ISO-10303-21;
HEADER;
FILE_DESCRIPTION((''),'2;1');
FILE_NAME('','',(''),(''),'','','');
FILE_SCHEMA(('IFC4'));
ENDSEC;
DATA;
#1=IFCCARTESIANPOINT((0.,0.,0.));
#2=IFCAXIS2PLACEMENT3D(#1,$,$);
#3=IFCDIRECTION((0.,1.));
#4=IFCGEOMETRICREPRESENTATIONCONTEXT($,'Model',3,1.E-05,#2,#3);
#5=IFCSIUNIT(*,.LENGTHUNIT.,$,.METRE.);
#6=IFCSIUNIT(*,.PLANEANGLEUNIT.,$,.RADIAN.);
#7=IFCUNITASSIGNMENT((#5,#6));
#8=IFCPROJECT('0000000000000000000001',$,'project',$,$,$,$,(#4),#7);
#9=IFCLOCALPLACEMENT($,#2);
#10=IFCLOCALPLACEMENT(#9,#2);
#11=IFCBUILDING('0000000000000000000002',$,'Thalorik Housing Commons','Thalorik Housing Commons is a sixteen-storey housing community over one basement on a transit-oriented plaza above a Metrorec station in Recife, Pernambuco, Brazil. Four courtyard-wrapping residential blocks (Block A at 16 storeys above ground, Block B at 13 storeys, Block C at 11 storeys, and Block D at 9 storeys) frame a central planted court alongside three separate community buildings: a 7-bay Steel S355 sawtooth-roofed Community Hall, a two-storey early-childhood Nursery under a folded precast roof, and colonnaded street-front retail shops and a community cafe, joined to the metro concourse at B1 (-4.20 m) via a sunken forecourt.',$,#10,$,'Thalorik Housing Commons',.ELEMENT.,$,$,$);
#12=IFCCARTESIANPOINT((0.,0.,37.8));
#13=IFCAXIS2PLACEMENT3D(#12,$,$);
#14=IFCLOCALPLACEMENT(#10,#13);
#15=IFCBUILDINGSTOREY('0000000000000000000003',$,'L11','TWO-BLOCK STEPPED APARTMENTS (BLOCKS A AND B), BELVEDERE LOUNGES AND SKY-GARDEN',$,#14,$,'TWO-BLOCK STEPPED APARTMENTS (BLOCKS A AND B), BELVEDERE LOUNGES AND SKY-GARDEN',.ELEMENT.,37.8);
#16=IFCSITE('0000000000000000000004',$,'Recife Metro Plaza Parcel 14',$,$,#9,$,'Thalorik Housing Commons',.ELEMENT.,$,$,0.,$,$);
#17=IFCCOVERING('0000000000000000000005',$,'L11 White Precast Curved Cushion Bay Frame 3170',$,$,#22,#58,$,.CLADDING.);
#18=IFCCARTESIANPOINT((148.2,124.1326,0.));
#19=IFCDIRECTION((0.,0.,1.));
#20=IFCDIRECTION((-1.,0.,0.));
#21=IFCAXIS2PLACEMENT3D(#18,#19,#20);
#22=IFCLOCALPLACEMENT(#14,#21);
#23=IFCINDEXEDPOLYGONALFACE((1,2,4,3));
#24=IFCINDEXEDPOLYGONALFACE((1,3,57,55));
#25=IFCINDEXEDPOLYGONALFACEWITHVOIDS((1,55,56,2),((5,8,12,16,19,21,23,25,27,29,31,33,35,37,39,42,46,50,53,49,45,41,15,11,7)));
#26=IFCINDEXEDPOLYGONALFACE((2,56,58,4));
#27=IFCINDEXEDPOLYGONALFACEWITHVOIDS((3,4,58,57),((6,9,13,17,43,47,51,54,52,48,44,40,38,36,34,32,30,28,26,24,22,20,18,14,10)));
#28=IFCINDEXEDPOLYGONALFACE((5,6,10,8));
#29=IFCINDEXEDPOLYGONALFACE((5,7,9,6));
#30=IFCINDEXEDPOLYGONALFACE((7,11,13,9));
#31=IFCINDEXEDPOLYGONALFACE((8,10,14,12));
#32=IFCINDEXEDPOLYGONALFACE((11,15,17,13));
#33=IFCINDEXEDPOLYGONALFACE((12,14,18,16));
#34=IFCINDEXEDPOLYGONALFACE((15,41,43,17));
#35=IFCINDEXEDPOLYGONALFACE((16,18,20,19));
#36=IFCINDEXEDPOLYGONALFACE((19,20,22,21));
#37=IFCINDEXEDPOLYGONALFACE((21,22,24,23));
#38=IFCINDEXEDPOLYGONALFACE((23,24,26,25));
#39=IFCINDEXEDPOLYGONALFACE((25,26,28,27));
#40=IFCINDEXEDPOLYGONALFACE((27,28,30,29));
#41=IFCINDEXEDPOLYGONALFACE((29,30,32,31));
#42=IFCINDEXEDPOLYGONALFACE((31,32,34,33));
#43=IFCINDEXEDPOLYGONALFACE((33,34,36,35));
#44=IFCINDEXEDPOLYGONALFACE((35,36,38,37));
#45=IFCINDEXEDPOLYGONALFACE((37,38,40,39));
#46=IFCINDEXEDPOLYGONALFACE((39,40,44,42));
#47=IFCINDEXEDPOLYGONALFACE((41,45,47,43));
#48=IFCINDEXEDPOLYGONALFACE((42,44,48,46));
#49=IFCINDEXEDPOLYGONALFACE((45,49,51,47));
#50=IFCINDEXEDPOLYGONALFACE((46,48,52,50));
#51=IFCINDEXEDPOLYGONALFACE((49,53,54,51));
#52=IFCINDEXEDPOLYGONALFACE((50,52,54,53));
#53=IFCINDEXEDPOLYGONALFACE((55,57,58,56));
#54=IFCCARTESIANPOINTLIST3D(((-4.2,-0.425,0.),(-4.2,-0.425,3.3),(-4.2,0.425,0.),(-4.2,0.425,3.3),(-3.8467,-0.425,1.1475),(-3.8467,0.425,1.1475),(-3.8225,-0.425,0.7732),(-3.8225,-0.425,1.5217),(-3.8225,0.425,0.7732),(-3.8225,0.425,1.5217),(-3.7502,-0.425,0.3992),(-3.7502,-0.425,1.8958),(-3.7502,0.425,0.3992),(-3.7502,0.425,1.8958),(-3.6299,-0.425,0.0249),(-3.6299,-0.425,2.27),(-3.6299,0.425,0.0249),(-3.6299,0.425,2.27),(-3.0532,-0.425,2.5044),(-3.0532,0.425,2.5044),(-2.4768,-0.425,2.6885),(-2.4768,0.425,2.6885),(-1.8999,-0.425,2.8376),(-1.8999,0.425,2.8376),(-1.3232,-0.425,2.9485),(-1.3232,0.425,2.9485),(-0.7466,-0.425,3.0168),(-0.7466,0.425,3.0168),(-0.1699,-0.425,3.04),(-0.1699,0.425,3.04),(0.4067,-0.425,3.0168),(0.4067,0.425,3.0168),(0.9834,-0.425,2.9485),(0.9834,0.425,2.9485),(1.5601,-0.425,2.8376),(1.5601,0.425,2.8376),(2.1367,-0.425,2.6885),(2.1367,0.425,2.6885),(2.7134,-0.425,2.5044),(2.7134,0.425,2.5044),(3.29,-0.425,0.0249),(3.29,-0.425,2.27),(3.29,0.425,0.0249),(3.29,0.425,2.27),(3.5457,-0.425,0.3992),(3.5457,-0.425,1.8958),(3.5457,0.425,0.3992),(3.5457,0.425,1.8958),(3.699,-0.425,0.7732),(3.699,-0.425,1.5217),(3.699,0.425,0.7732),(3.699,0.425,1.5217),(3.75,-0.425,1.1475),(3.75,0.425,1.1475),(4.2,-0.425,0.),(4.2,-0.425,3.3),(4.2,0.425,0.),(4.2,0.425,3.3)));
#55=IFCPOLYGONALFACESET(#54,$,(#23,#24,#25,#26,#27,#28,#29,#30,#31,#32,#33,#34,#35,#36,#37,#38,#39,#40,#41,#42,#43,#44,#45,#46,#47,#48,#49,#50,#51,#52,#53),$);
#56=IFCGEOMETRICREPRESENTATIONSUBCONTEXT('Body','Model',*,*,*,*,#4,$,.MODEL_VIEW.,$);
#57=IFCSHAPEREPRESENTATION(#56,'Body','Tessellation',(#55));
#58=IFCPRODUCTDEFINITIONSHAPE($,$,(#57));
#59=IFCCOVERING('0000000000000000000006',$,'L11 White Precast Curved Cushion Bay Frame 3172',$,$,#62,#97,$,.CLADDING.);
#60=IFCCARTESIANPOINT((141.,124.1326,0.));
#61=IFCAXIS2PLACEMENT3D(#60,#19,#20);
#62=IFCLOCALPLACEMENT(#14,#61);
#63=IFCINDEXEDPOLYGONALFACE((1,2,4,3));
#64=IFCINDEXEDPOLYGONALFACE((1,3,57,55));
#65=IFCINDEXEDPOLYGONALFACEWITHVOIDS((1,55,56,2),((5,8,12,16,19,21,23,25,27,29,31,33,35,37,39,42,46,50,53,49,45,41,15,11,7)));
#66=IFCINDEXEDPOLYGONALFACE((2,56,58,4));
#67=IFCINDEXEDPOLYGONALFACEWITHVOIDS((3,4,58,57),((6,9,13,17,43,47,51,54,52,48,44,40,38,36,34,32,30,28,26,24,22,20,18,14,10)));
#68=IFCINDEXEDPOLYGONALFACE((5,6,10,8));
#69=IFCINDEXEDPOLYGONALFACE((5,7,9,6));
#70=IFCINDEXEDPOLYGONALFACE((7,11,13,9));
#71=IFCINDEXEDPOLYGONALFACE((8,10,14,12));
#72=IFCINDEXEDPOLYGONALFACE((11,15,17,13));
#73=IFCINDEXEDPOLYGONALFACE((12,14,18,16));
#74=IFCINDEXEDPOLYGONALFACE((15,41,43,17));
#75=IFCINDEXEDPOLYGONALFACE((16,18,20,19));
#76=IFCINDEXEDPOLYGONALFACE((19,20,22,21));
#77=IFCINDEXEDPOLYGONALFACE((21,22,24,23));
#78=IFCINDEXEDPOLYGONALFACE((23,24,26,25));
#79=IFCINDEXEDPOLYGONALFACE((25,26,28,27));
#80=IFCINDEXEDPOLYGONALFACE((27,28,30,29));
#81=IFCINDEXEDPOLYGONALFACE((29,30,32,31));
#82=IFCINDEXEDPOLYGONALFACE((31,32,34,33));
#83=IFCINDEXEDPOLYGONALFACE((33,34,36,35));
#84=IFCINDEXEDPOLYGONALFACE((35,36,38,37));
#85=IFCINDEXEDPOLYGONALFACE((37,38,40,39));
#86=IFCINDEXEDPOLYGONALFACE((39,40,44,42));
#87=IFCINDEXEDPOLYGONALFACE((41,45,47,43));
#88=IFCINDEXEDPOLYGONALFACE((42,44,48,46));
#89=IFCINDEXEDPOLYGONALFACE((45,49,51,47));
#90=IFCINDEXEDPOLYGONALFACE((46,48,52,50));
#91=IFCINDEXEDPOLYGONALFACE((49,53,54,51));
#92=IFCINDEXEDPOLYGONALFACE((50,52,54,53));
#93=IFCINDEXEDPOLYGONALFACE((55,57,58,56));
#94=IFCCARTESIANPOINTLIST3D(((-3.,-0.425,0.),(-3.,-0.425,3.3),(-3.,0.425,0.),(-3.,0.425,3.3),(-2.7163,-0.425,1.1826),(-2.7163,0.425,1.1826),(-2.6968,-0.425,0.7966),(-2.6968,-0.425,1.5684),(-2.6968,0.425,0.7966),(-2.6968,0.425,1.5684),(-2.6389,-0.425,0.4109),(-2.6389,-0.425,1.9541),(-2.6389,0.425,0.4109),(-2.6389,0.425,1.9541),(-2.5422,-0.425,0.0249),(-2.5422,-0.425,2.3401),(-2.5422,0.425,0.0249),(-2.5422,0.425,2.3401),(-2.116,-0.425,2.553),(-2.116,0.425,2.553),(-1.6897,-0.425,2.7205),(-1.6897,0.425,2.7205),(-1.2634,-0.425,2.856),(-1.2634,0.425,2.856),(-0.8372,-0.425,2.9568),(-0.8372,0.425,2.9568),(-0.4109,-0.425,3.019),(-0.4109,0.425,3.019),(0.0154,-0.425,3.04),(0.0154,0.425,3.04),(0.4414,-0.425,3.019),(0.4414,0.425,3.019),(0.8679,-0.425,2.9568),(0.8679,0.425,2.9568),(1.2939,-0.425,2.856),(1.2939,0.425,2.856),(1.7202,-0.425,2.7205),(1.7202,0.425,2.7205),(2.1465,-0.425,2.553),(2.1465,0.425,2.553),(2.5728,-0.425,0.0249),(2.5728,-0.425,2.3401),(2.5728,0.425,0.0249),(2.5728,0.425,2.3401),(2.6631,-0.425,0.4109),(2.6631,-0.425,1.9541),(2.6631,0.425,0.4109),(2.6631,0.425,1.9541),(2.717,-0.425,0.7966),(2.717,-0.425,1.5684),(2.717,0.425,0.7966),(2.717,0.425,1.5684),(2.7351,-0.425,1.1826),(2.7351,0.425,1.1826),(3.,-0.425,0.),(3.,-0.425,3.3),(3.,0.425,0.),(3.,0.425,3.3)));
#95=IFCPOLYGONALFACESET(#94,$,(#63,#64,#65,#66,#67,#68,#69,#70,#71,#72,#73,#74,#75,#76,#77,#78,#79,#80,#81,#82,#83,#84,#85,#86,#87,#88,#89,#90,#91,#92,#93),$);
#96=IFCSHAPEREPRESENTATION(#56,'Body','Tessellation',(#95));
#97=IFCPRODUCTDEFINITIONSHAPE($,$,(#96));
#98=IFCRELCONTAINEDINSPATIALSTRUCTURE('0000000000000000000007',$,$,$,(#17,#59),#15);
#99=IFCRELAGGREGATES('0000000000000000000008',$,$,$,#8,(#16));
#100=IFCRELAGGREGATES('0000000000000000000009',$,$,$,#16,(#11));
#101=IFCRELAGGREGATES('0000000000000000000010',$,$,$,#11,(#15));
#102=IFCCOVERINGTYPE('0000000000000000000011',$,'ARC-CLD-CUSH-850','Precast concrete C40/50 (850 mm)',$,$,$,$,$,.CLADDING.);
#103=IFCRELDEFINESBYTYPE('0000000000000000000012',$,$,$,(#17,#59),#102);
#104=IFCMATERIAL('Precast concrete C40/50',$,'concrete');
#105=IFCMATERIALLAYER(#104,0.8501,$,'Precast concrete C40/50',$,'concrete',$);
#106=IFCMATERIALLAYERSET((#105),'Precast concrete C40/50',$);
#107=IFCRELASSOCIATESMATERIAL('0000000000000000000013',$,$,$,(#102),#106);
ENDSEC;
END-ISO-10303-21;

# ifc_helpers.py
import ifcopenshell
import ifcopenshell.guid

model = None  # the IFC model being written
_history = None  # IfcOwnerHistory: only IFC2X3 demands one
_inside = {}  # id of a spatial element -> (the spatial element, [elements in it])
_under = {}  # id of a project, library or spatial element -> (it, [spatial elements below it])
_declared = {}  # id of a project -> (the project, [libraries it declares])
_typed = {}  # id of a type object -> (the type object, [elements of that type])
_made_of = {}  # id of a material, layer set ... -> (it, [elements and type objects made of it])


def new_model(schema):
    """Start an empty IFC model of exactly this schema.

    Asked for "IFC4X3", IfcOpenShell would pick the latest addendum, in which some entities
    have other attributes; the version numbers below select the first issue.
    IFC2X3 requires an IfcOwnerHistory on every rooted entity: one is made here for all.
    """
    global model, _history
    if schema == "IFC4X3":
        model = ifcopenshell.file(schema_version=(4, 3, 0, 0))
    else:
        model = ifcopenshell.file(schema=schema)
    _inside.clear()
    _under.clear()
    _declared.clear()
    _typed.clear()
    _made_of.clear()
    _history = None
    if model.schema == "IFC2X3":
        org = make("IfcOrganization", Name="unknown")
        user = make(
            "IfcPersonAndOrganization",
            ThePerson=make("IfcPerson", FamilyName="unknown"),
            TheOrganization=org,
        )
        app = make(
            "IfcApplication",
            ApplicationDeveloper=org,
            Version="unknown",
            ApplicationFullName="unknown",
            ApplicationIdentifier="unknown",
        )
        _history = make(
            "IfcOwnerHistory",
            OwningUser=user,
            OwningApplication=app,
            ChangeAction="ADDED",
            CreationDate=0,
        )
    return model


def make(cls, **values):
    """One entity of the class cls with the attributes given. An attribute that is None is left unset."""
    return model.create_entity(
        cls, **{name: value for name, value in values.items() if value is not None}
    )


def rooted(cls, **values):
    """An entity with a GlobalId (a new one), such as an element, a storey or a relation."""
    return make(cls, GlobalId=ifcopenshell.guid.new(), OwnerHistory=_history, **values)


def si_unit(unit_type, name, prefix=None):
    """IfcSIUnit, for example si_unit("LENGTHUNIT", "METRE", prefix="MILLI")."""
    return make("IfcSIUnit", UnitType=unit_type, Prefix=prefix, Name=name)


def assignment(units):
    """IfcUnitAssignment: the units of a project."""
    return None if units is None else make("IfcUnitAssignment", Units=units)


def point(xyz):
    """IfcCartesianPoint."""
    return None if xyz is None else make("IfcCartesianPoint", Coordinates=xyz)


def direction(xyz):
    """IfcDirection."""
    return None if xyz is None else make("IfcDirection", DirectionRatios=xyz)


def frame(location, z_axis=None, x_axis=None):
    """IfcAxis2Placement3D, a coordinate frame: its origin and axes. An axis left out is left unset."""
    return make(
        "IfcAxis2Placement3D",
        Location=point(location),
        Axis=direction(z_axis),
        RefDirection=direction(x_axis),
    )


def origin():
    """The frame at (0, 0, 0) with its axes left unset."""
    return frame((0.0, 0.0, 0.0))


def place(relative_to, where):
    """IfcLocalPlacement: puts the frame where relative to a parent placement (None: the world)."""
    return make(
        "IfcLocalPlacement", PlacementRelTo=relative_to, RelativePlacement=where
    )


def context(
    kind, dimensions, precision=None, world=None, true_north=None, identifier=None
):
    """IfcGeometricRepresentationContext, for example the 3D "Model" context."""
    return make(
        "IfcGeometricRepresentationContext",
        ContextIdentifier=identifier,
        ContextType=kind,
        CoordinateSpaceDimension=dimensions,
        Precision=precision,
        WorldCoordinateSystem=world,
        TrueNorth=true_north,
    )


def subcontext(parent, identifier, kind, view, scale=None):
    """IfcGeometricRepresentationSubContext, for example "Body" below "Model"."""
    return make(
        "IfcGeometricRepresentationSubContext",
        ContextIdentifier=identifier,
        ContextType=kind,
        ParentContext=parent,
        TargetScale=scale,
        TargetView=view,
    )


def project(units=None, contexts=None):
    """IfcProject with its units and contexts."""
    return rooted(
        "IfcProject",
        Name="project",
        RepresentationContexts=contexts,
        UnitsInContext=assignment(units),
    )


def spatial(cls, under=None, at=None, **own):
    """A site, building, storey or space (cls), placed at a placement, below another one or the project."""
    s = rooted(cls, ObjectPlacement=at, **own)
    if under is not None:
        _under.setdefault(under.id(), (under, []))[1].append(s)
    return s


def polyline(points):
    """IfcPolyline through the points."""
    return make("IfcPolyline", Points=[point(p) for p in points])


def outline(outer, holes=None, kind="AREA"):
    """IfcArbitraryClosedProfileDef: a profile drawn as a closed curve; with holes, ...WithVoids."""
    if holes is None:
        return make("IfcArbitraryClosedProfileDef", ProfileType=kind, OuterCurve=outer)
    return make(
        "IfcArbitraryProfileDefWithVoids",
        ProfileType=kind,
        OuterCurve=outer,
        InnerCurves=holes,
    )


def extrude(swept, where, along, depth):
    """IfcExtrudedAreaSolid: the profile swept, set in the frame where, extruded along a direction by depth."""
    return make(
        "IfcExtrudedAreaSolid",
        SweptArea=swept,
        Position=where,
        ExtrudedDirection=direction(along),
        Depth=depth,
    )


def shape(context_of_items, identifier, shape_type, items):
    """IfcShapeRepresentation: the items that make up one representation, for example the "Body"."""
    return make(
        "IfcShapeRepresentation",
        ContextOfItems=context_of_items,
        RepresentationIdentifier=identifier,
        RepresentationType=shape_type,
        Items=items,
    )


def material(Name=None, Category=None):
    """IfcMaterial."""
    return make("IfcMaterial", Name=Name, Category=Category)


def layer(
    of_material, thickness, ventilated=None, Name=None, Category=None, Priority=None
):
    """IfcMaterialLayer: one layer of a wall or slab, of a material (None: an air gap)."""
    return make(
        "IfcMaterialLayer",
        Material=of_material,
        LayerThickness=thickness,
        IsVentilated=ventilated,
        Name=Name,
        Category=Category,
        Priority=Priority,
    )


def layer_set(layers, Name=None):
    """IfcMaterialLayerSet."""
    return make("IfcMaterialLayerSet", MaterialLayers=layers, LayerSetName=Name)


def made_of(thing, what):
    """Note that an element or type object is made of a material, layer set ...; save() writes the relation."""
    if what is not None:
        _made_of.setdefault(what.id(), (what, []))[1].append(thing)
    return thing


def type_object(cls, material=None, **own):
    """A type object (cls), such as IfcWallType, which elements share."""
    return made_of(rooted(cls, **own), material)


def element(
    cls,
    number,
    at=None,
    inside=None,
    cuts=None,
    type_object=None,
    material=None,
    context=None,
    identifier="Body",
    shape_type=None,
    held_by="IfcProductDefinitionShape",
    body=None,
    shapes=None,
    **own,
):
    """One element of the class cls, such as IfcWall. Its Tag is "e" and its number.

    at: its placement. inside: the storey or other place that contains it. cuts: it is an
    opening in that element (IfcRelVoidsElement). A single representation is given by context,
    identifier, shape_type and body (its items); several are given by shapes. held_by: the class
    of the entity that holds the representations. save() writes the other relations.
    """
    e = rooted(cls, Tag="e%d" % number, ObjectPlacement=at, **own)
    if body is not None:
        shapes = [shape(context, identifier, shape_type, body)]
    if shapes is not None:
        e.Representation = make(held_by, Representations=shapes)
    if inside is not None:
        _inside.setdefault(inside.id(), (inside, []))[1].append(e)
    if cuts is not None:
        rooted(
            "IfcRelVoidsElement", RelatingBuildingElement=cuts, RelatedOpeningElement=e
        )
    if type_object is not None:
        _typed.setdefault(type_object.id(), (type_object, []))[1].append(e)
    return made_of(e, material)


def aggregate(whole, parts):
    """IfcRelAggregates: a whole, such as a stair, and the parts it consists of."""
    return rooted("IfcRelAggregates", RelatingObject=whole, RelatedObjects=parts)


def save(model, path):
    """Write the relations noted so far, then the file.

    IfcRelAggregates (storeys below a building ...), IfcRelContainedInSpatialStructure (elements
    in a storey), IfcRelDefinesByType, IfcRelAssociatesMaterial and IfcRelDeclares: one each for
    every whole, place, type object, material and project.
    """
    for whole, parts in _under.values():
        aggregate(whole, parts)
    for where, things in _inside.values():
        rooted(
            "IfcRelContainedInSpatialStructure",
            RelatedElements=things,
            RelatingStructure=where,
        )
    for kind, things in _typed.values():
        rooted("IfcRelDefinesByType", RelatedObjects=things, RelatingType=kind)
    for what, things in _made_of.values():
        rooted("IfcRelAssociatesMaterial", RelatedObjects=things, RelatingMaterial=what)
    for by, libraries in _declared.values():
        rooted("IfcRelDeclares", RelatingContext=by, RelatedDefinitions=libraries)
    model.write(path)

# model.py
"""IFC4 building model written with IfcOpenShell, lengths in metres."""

from ifc_helpers import new_model, si_unit, direction, frame, origin, place, context, subcontext, project, spatial, polyline, outline, extrude, material, layer, layer_set, type_object, element, save


model = new_model("IFC4")

# Units and contexts
model_context = context("Model", 3, precision=1e-05, world=origin(), true_north=direction((0.0, 1.0)))
body_context = subcontext(model_context, "Body", "Model", "MODEL_VIEW")
ifc_project = project(units=[si_unit("LENGTHUNIT", "METRE"), si_unit("PLANEANGLEUNIT", "RADIAN")], contexts=[model_context])

# Site, building, storey
site_placement = place(None, origin())
site = spatial("IfcSite", under=ifc_project, at=site_placement, Name="Recife Metro Plaza Parcel 14", LongName="Thalorik Housing Commons", CompositionType="ELEMENT", RefElevation=0.0)
building_placement = place(site_placement, origin())
building = spatial("IfcBuilding", under=site, at=building_placement, Name="Thalorik Housing Commons", Description="Thalorik Housing Commons is a sixteen-storey housing community over one basement on a transit-oriented plaza above a Metrorec station in Recife, Pernambuco, Brazil. Four courtyard-wrapping residential blocks (Block A at 16 storeys above ground, Block B at 13 storeys, Block C at 11 storeys, and Block D at 9 storeys) frame a central planted court alongside three separate community buildings: a 7-bay Steel S355 sawtooth-roofed Community Hall, a two-storey early-childhood Nursery under a folded precast roof, and colonnaded street-front retail shops and a community cafe, joined to the metro concourse at B1 (-4.20 m) via a sunken forecourt.", LongName="Thalorik Housing Commons", CompositionType="ELEMENT")
storey_placement = place(building_placement, frame((0.0, 0.0, 37.8)))
storey = spatial("IfcBuildingStorey", under=building, at=storey_placement, Name="L11", Description="TWO-BLOCK STEPPED APARTMENTS (BLOCKS A AND B), BELVEDERE LOUNGES AND SKY-GARDEN", LongName="TWO-BLOCK STEPPED APARTMENTS (BLOCKS A AND B), BELVEDERE LOUNGES AND SKY-GARDEN", CompositionType="ELEMENT", Elevation=37.8)

# Shared definitions
ifc_material_1 = material(Name="Precast concrete C40/50", Category="concrete")

# Coverings
ifc_layer_1 = layer(ifc_material_1, 0.8501, Name="Precast concrete C40/50", Category="concrete")
ifc_layer_set_1 = layer_set([ifc_layer_1], Name="Precast concrete C40/50")
covering_type_1 = type_object("IfcCoveringType", Name="ARC-CLD-CUSH-850", Description="Precast concrete C40/50 (850 mm)", PredefinedType="CLADDING", material=ifc_layer_set_1)
covering_1_placement = place(storey_placement, frame((148.2, 124.1326, 0.0), z_axis=(0.0, 0.0, 1.0), x_axis=(-1.0, 0.0, 0.0)))
element("IfcCovering", 1, at=covering_1_placement, inside=storey, type_object=covering_type_1, Name="L11 White Precast Curved Cushion Bay Frame 3170", PredefinedType="CLADDING", context=body_context, shape_type="SweptSolid", body=[
    extrude(outline(polyline([(-4.2, 0.0), (4.2, 0.0), (4.2, 3.3), (-4.2, 3.3), (-4.2, 0.0)]), holes=[polyline([(3.29, 0.0249), (3.5457, 0.3992), (3.699, 0.7732), (3.75, 1.1475), (3.699, 1.5217), (3.5457, 1.8958), (3.29, 2.27), (2.7134, 2.5044), (2.1367, 2.6885), (1.5601, 2.8376), (0.9834, 2.9485), (0.4067, 3.0168), (-0.1699, 3.04), (-0.7466, 3.0168), (-1.3232, 2.9485), (-1.8999, 2.8376), (-2.4768, 2.6885), (-3.0532, 2.5044), (-3.6299, 2.27), (-3.7502, 1.8958), (-3.8225, 1.5217), (-3.8467, 1.1475), (-3.8225, 0.7732), (-3.7502, 0.3992), (-3.6299, 0.0249), (3.29, 0.0249)])]), frame((0.0, 0.425, 0.0), z_axis=(0.0, -1.0, 0.0), x_axis=(1.0, 0.0, 0.0)), (0.0, 0.0, 1.0), 0.8501),
])
covering_2_placement = place(storey_placement, frame((141.0, 124.1326, 0.0), z_axis=(0.0, 0.0, 1.0), x_axis=(-1.0, 0.0, 0.0)))
element("IfcCovering", 2, at=covering_2_placement, inside=storey, type_object=covering_type_1, Name="L11 White Precast Curved Cushion Bay Frame 3172", PredefinedType="CLADDING", context=body_context, shape_type="SweptSolid", body=[
    extrude(outline(polyline([(-3.0, 0.0), (3.0, 0.0), (3.0, 3.3), (-3.0, 3.3), (-3.0, 0.0)]), holes=[polyline([(2.5728, 0.0249), (2.6631, 0.4109), (2.717, 0.7966), (2.7351, 1.1826), (2.717, 1.5684), (2.6631, 1.9541), (2.5728, 2.3401), (2.1465, 2.553), (1.7202, 2.7205), (1.2939, 2.856), (0.8679, 2.9568), (0.4414, 3.019), (0.0154, 3.04), (-0.4109, 3.019), (-0.8372, 2.9568), (-1.2634, 2.856), (-1.6897, 2.7205), (-2.116, 2.553), (-2.5422, 2.3401), (-2.6389, 1.9541), (-2.6968, 1.5684), (-2.7163, 1.1826), (-2.6968, 0.7966), (-2.6389, 0.4109), (-2.5422, 0.0249), (2.5728, 0.0249)])]), frame((0.0, 0.425, 0.0), z_axis=(0.0, -1.0, 0.0), x_axis=(1.0, 0.0, 0.0)), (0.0, 0.0, 1.0), 0.8501),
])

save(model, "model.ifc")
